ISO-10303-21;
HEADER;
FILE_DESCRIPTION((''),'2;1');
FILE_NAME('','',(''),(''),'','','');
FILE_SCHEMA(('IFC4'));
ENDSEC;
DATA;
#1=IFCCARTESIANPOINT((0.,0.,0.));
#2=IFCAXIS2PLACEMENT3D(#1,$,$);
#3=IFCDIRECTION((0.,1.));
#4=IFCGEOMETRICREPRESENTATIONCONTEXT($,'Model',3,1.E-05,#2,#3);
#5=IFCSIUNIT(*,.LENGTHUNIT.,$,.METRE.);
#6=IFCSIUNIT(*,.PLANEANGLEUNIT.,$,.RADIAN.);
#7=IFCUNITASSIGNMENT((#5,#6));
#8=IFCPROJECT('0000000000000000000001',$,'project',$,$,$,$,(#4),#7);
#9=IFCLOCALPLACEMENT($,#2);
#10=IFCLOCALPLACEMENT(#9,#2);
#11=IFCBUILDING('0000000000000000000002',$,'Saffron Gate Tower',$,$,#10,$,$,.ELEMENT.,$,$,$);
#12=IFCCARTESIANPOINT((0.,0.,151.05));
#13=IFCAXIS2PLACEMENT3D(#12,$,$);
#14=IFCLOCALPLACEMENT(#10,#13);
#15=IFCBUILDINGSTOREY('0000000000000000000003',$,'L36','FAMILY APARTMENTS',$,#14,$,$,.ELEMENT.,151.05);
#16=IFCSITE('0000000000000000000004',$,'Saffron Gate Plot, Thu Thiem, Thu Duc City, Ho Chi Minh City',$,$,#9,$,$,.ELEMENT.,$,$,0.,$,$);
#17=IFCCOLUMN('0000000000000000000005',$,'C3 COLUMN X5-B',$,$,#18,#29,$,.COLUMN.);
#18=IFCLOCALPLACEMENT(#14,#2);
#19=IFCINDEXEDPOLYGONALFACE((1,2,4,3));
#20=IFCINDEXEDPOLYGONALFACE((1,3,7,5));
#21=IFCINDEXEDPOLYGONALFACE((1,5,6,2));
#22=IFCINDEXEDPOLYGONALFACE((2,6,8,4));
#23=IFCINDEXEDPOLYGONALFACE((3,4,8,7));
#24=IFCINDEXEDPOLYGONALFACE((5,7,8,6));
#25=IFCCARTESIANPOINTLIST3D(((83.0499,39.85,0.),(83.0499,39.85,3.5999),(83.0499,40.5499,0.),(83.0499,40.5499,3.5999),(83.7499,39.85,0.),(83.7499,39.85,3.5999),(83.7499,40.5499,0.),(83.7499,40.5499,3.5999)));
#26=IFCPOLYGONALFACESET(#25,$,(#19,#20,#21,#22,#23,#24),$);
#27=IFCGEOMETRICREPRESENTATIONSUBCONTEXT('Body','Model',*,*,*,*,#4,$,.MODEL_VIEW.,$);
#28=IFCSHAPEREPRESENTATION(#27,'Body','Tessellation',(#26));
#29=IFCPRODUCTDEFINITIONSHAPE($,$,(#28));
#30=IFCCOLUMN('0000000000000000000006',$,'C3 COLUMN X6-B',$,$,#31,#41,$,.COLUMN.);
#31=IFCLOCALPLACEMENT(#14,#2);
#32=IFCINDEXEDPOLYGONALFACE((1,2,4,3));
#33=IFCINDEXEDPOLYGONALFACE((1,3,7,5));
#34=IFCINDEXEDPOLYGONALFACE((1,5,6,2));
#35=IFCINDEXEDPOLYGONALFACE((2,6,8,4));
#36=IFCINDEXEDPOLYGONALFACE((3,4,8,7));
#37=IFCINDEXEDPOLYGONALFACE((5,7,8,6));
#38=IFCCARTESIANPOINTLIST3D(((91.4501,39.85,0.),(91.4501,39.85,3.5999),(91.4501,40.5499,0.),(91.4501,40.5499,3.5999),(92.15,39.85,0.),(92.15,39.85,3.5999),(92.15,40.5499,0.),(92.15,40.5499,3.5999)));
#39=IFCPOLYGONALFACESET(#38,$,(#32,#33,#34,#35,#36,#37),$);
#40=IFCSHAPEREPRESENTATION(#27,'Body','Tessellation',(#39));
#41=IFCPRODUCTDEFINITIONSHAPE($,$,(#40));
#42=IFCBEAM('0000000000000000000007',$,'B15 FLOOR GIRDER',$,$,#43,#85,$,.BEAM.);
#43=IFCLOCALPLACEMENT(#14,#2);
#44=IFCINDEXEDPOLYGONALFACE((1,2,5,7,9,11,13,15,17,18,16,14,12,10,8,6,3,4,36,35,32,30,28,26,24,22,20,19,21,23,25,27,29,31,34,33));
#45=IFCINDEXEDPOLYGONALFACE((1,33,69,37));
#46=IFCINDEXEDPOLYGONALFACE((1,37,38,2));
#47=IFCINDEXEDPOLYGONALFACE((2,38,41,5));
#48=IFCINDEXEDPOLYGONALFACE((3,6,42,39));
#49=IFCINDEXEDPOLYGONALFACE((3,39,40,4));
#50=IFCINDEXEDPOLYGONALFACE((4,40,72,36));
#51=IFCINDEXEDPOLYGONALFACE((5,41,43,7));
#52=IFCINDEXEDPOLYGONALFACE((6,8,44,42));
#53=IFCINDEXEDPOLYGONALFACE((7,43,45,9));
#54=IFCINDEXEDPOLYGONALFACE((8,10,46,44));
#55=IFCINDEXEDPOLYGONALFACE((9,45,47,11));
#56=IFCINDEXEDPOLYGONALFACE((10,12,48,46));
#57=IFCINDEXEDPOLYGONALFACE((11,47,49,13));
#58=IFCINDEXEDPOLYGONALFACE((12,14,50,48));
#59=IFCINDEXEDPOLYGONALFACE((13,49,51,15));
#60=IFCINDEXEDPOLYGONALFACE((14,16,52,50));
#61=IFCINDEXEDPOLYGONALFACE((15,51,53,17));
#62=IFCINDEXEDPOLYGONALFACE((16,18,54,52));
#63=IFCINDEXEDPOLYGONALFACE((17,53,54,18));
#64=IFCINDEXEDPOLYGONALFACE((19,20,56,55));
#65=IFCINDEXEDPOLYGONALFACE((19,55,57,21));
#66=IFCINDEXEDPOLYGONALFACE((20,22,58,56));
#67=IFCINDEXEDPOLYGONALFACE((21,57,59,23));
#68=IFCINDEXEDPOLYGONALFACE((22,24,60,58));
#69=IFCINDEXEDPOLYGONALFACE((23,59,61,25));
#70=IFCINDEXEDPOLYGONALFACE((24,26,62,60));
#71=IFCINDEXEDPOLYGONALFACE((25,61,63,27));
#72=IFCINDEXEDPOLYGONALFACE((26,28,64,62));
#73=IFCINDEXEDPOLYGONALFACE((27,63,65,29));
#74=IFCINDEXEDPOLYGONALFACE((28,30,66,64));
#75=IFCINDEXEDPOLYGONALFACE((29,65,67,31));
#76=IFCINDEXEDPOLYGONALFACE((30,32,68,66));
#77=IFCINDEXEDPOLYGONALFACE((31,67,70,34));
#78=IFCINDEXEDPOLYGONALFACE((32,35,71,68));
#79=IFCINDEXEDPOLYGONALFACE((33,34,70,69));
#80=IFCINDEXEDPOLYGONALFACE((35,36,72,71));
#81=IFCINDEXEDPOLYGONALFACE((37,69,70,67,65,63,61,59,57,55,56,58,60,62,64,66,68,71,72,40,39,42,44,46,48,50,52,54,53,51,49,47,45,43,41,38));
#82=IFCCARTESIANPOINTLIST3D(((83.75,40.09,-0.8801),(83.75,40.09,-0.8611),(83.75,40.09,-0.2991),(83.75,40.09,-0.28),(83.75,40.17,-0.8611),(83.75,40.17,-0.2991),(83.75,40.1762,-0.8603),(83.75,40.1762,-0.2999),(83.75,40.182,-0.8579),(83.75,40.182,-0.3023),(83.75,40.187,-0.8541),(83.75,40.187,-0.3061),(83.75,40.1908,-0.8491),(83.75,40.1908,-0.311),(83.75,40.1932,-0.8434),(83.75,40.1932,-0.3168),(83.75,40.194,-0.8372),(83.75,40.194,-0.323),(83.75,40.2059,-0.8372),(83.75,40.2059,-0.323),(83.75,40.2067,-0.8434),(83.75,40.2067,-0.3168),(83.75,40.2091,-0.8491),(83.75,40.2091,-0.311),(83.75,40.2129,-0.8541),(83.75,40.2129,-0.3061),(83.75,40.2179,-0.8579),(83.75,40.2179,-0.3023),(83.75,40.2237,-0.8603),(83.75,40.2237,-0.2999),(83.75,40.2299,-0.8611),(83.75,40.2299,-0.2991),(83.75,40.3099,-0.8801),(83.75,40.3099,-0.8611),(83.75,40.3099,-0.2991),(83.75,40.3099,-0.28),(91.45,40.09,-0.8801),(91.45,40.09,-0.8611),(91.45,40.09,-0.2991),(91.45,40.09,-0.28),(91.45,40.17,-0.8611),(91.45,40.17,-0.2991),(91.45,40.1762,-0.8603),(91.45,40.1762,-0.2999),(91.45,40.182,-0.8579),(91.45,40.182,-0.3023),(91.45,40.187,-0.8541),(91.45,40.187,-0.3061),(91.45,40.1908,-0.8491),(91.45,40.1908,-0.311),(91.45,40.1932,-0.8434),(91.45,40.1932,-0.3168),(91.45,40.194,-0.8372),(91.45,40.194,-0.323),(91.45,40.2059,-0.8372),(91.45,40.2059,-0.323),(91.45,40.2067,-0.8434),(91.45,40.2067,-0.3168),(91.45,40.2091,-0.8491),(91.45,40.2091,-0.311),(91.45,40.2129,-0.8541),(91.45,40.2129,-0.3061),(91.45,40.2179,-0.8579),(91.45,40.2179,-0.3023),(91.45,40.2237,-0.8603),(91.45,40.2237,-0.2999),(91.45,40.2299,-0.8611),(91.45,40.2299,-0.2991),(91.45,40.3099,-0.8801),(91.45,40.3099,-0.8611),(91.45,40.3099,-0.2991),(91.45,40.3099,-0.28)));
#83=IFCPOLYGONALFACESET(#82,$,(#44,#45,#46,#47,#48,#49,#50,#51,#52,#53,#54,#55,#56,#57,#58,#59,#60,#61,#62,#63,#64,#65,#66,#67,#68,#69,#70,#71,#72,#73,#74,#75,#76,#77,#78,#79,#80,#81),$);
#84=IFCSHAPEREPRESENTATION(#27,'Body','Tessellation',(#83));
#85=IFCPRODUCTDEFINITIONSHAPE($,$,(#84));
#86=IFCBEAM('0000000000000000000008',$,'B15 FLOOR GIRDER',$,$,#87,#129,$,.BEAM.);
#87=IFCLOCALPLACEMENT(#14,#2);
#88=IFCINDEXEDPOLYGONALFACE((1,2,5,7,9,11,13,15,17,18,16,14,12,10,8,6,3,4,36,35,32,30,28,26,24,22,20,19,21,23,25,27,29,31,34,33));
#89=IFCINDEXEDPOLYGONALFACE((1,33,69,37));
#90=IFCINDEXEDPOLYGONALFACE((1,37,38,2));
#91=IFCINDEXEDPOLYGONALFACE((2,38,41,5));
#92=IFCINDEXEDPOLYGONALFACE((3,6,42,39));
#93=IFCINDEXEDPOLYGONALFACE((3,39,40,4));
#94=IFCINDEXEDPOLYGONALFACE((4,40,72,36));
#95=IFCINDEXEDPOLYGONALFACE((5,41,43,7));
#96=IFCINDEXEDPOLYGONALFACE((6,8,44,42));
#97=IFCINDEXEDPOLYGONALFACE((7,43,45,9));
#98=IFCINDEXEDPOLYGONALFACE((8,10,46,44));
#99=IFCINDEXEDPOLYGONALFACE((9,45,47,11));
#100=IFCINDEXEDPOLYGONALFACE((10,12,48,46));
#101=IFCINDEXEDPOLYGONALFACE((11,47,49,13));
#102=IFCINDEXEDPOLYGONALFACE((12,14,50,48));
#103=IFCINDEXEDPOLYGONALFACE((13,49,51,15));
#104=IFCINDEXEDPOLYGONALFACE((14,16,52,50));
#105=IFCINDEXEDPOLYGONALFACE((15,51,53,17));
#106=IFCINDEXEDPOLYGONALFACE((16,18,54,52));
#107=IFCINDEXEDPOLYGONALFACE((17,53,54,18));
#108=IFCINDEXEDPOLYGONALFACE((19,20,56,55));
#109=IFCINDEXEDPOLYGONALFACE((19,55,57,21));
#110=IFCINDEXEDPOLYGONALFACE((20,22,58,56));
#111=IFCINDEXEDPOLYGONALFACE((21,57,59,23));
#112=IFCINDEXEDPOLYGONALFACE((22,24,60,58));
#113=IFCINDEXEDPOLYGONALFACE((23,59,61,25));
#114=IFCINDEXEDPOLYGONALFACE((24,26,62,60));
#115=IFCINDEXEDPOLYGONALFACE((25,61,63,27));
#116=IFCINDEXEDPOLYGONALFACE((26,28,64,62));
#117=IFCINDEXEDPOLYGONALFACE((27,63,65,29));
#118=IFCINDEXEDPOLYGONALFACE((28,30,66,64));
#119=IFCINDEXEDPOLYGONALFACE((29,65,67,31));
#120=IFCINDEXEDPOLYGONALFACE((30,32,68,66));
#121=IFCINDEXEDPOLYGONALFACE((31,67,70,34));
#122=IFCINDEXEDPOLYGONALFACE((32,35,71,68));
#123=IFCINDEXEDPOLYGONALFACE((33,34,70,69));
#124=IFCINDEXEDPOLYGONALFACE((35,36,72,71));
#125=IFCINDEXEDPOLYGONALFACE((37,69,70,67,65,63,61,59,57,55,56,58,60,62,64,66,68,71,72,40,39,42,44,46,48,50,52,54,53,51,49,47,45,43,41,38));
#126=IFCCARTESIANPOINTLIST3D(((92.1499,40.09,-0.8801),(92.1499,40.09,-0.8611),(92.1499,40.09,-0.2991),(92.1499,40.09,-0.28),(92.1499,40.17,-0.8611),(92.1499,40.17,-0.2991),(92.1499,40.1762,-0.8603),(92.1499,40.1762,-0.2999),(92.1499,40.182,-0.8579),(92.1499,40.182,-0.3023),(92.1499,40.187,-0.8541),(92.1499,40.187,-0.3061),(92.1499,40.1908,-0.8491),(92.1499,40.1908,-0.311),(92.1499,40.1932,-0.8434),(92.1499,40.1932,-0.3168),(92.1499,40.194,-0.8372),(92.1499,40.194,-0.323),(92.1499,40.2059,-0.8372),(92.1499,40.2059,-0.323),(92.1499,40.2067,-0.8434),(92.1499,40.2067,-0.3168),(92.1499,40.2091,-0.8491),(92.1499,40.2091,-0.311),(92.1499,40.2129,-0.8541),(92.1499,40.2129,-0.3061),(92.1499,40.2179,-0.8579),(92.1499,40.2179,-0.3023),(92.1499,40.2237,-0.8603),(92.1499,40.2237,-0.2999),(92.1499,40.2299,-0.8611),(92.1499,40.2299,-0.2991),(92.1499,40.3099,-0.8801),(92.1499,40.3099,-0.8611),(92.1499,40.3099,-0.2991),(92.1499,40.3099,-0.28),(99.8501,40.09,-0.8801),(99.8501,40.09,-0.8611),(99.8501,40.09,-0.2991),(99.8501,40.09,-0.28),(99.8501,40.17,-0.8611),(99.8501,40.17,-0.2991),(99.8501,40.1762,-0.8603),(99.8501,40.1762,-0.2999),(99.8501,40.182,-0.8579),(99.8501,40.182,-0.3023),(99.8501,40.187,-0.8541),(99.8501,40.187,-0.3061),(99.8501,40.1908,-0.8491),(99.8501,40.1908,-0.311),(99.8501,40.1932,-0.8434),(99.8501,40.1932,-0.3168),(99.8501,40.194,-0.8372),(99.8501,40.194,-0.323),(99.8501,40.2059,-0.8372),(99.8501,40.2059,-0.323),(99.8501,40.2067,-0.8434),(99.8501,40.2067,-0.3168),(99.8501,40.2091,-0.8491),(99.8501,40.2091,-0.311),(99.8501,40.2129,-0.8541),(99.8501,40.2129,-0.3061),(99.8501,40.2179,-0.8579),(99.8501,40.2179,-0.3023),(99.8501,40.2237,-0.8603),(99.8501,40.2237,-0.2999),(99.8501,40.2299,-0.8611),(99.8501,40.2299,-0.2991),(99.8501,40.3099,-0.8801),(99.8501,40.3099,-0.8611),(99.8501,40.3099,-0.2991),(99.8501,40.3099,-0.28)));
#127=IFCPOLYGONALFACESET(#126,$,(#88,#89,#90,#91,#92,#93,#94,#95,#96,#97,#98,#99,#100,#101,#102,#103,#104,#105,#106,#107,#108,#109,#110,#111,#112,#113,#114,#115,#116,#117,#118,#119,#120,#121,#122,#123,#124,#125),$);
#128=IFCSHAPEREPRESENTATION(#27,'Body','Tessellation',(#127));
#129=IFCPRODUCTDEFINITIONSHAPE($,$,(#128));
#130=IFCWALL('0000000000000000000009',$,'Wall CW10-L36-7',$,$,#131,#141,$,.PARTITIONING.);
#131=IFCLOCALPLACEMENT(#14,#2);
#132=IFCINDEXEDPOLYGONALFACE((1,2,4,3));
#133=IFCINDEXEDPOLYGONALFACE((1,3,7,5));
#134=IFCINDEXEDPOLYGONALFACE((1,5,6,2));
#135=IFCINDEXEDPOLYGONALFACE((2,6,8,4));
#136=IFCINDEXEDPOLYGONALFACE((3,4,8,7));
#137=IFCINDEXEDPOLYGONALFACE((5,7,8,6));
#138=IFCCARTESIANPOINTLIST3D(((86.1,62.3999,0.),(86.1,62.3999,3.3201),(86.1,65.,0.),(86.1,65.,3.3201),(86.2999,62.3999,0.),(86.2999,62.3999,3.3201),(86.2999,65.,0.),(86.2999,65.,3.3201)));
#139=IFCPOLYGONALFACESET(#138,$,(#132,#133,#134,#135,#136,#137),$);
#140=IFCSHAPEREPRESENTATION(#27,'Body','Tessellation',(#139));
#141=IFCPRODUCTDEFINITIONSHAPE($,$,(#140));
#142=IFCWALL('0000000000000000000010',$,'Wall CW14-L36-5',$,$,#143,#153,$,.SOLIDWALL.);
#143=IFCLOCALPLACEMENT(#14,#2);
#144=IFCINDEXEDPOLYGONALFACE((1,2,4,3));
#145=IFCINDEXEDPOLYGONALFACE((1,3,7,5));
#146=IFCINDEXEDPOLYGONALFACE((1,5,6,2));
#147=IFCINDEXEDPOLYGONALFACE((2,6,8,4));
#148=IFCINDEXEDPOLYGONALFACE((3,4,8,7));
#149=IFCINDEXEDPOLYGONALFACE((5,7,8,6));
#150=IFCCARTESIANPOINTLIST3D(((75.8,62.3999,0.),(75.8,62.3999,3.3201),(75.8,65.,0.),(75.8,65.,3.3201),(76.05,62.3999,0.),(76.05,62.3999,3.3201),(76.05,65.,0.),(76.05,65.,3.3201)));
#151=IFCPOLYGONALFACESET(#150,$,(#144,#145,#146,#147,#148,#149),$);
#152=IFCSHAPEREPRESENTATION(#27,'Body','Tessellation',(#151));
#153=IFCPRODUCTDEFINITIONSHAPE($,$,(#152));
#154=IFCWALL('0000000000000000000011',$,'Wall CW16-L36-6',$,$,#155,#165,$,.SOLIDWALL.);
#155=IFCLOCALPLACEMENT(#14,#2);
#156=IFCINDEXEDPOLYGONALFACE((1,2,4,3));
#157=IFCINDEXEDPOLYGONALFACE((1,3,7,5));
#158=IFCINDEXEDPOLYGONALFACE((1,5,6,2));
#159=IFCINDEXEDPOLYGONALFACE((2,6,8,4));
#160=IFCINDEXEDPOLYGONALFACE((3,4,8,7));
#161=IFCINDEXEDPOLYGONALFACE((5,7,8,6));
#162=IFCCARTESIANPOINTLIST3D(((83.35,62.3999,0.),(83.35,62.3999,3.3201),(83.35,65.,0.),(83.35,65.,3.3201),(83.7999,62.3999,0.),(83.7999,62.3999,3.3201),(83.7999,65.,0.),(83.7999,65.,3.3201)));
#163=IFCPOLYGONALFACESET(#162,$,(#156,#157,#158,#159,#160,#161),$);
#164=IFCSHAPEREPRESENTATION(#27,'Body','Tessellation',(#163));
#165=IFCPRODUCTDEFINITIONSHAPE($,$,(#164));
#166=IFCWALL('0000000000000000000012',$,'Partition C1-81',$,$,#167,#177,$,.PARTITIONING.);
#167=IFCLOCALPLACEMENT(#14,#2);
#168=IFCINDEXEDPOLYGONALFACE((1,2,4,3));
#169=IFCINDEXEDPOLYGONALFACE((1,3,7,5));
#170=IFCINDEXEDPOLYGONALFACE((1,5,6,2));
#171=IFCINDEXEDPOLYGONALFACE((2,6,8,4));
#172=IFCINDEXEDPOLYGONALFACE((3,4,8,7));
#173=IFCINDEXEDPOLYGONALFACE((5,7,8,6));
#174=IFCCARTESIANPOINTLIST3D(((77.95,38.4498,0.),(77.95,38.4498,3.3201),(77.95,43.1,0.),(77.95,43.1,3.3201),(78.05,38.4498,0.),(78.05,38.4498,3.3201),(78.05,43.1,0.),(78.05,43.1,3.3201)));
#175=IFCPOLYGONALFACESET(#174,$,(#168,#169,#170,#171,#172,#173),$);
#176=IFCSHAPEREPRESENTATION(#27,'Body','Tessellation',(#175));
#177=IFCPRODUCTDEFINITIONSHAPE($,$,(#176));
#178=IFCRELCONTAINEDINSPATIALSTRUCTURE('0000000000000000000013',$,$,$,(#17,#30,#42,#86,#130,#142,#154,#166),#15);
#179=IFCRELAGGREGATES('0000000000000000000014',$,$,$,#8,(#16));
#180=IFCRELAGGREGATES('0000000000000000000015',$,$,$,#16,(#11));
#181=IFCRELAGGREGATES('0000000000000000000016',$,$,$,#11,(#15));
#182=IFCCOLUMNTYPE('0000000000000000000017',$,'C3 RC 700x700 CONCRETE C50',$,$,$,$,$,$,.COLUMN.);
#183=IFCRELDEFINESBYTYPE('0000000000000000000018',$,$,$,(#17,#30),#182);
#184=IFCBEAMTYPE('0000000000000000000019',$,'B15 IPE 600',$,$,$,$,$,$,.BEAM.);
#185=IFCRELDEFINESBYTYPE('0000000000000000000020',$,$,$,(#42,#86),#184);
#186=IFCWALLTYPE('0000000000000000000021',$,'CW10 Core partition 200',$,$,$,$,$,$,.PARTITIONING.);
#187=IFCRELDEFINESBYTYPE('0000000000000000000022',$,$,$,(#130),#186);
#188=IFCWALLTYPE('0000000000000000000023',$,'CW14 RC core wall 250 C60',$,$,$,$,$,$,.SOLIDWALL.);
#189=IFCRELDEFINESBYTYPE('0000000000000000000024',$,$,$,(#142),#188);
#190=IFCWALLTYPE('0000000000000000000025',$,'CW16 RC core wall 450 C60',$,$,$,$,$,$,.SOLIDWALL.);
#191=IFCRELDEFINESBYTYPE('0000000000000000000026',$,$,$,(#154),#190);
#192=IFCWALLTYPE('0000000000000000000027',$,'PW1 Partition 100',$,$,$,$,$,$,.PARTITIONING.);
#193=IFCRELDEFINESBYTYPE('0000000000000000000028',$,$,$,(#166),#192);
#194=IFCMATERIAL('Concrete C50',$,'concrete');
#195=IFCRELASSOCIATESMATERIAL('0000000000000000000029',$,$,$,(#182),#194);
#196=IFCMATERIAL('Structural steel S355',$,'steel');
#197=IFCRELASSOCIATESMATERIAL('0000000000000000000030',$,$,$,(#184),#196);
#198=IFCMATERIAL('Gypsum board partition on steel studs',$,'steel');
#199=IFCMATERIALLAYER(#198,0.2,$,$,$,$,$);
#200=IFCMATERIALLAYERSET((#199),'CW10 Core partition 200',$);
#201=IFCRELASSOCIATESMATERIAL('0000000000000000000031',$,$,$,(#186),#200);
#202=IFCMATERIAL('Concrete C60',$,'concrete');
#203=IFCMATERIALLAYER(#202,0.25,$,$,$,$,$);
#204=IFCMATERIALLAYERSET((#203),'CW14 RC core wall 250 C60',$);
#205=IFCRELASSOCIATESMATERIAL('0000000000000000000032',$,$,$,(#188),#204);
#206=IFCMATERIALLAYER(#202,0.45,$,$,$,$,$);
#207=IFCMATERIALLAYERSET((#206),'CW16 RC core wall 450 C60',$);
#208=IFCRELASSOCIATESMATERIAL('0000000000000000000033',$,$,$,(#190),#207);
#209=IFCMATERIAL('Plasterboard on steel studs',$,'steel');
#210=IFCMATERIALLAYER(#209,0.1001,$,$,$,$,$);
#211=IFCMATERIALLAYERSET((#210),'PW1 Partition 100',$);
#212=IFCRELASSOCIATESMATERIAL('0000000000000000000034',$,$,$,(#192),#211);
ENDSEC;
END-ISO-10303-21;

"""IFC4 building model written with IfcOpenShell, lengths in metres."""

from ifc_helpers import new_model, si_unit, direction, frame, frame_2d, origin, origin_2d, place, context, subcontext, project, spatial, rectangle, i_section, extrude, material, layer, layer_set, material_profile, profile_set, type_object, element, save


model = new_model("IFC4")

# Units and contexts
model_context = context("Model", 3, precision=1e-05, world=origin(), true_north=direction((0.0, 1.0)))
body_context = subcontext(model_context, "Body", "Model", "MODEL_VIEW")
ifc_project = project(units=[si_unit("LENGTHUNIT", "METRE"), si_unit("PLANEANGLEUNIT", "RADIAN")], contexts=[model_context])

# Site, building, storey
site_placement = place(None, origin())
site = spatial("IfcSite", under=ifc_project, at=site_placement, Name="Saffron Gate Plot, Thu Thiem, Thu Duc City, Ho Chi Minh City", CompositionType="ELEMENT", RefElevation=0.0)
building_placement = place(site_placement, origin())
building = spatial("IfcBuilding", under=site, at=building_placement, Name="Saffron Gate Tower", CompositionType="ELEMENT")
storey_placement = place(building_placement, frame((0.0, 0.0, 151.05)))
storey = spatial("IfcBuildingStorey", under=building, at=storey_placement, Name="L36", Description="FAMILY APARTMENTS", CompositionType="ELEMENT", Elevation=151.05)

# Columns
ifc_material_1 = material(Name="Concrete C50", Category="concrete")
ifc_material_profile_1 = material_profile(ifc_material_1, rectangle(XDim=0.7, YDim=0.7, at=origin_2d()))
ifc_profile_set_1 = profile_set([ifc_material_profile_1], Name="Concrete C50")
column_type = type_object("IfcColumnType", Name="C3 RC 700x700 CONCRETE C50", PredefinedType="COLUMN", material=ifc_profile_set_1)
for number, where, z_axis, x_axis, name in (
    (1, (83.3999, 40.2, 0.0), (0.0, 0.0, 1.0), (1.0, 0.0, 0.0), "C3 COLUMN X5-B"),
    (2, (91.8, 40.2, 0.0), (0.0, 0.0, 1.0), (1.0, 0.0, 0.0), "C3 COLUMN X6-B"),
):
    element("IfcColumn", number, at=place(storey_placement, frame(where, z_axis=z_axis, x_axis=x_axis)), inside=storey, type_object=column_type, Name=name, PredefinedType="COLUMN", context=body_context, shape_type="SweptSolid", body=[
        extrude(rectangle(XDim=0.7, YDim=0.7, at=origin_2d()), origin(), (0.0, 0.0, 1.0), 3.5999),
    ])

# Beams
ifc_material_2 = material(Name="Structural steel S355", Category="steel")
ifc_material_profile_2 = material_profile(ifc_material_2, i_section(OverallWidth=0.22, OverallDepth=0.6001, WebThickness=0.012, FlangeThickness=0.019, FilletRadius=0.0239, at=origin_2d()))
ifc_profile_set_2 = profile_set([ifc_material_profile_2], Name="Structural steel S355")
beam_type = type_object("IfcBeamType", Name="B15 IPE 600", PredefinedType="BEAM", material=ifc_profile_set_2)
beam_1_placement = place(storey_placement, frame((83.75, 40.2, -0.5801), z_axis=(1.0, 0.0, 0.0), x_axis=(0.0, 1.0, 0.0)))
element("IfcBeam", 3, at=beam_1_placement, inside=storey, type_object=beam_type, Name="B15 FLOOR GIRDER", PredefinedType="BEAM", context=body_context, shape_type="SweptSolid", body=[
    extrude(i_section(OverallWidth=0.22, OverallDepth=0.6001, WebThickness=0.012, FlangeThickness=0.019, FilletRadius=0.0239, at=origin_2d()), origin(), (0.0, 0.0, 1.0), 7.7),
])
beam_2_placement = place(storey_placement, frame((92.1499, 40.2, -0.5801), z_axis=(1.0, 0.0, 0.0), x_axis=(0.0, 1.0, 0.0)))
element("IfcBeam", 4, at=beam_2_placement, inside=storey, type_object=beam_type, Name="B15 FLOOR GIRDER", PredefinedType="BEAM", context=body_context, shape_type="SweptSolid", body=[
    extrude(i_section(OverallWidth=0.22, OverallDepth=0.6001, WebThickness=0.012, FlangeThickness=0.019, FilletRadius=0.0239, at=origin_2d()), origin(), (0.0, 0.0, 1.0), 7.7002),
])

# Walls
ifc_material_3 = material(Name="Gypsum board partition on steel studs", Category="steel")
ifc_layer_1 = layer(ifc_material_3, 0.2)
ifc_layer_set_1 = layer_set([ifc_layer_1], Name="CW10 Core partition 200")
wall_type_1 = type_object("IfcWallType", Name="CW10 Core partition 200", PredefinedType="PARTITIONING", material=ifc_layer_set_1)
wall_1_placement = place(storey_placement, frame((86.2, 62.3999, 0.0), z_axis=(0.0, 0.0, 1.0), x_axis=(0.0, 1.0, 0.0)))
element("IfcWall", 5, at=wall_1_placement, inside=storey, type_object=wall_type_1, Name="Wall CW10-L36-7", PredefinedType="PARTITIONING", context=body_context, shape_type="SweptSolid", body=[
    extrude(rectangle(XDim=2.6001, YDim=0.2, at=frame_2d((1.3, 0.0))), origin(), (0.0, 0.0, 1.0), 3.3201),
])
ifc_material_4 = material(Name="Concrete C60", Category="concrete")
ifc_layer_2 = layer(ifc_material_4, 0.25)
ifc_layer_set_2 = layer_set([ifc_layer_2], Name="CW14 RC core wall 250 C60")
wall_type_2 = type_object("IfcWallType", Name="CW14 RC core wall 250 C60", PredefinedType="SOLIDWALL", material=ifc_layer_set_2)
wall_2_placement = place(storey_placement, frame((75.925, 62.3999, 0.0), z_axis=(0.0, 0.0, 1.0), x_axis=(0.0, 1.0, 0.0)))
element("IfcWall", 6, at=wall_2_placement, inside=storey, type_object=wall_type_2, Name="Wall CW14-L36-5", PredefinedType="SOLIDWALL", context=body_context, shape_type="SweptSolid", body=[
    extrude(rectangle(XDim=2.6001, YDim=0.25, at=frame_2d((1.3, 0.0))), origin(), (0.0, 0.0, 1.0), 3.3201),
])
ifc_layer_3 = layer(ifc_material_4, 0.45)
ifc_layer_set_3 = layer_set([ifc_layer_3], Name="CW16 RC core wall 450 C60")
wall_type_3 = type_object("IfcWallType", Name="CW16 RC core wall 450 C60", PredefinedType="SOLIDWALL", material=ifc_layer_set_3)
wall_3_placement = place(storey_placement, frame((83.575, 62.3999, 0.0), z_axis=(0.0, 0.0, 1.0), x_axis=(0.0, 1.0, 0.0)))
element("IfcWall", 7, at=wall_3_placement, inside=storey, type_object=wall_type_3, Name="Wall CW16-L36-6", PredefinedType="SOLIDWALL", context=body_context, shape_type="SweptSolid", body=[
    extrude(rectangle(XDim=2.6001, YDim=0.45, at=frame_2d((1.3, 0.0))), origin(), (0.0, 0.0, 1.0), 3.3201),
])
ifc_material_5 = material(Name="Plasterboard on steel studs", Category="steel")
ifc_layer_4 = layer(ifc_material_5, 0.1001)
ifc_layer_set_4 = layer_set([ifc_layer_4], Name="PW1 Partition 100")
wall_type_4 = type_object("IfcWallType", Name="PW1 Partition 100", PredefinedType="PARTITIONING", material=ifc_layer_set_4)
wall_4_placement = place(storey_placement, frame((78.0, 43.1001, 0.0), z_axis=(0.0, 0.0, 1.0), x_axis=(0.0, -1.0, 0.0)))
element("IfcWall", 8, at=wall_4_placement, inside=storey, type_object=wall_type_4, Name="Partition C1-81", PredefinedType="PARTITIONING", context=body_context, shape_type="SweptSolid", body=[
    extrude(rectangle(XDim=4.6501, YDim=0.1001, at=frame_2d((2.3252, 0.0))), origin(), (0.0, 0.0, 1.0), 3.3201),
])

save(model, "model.ifc")
